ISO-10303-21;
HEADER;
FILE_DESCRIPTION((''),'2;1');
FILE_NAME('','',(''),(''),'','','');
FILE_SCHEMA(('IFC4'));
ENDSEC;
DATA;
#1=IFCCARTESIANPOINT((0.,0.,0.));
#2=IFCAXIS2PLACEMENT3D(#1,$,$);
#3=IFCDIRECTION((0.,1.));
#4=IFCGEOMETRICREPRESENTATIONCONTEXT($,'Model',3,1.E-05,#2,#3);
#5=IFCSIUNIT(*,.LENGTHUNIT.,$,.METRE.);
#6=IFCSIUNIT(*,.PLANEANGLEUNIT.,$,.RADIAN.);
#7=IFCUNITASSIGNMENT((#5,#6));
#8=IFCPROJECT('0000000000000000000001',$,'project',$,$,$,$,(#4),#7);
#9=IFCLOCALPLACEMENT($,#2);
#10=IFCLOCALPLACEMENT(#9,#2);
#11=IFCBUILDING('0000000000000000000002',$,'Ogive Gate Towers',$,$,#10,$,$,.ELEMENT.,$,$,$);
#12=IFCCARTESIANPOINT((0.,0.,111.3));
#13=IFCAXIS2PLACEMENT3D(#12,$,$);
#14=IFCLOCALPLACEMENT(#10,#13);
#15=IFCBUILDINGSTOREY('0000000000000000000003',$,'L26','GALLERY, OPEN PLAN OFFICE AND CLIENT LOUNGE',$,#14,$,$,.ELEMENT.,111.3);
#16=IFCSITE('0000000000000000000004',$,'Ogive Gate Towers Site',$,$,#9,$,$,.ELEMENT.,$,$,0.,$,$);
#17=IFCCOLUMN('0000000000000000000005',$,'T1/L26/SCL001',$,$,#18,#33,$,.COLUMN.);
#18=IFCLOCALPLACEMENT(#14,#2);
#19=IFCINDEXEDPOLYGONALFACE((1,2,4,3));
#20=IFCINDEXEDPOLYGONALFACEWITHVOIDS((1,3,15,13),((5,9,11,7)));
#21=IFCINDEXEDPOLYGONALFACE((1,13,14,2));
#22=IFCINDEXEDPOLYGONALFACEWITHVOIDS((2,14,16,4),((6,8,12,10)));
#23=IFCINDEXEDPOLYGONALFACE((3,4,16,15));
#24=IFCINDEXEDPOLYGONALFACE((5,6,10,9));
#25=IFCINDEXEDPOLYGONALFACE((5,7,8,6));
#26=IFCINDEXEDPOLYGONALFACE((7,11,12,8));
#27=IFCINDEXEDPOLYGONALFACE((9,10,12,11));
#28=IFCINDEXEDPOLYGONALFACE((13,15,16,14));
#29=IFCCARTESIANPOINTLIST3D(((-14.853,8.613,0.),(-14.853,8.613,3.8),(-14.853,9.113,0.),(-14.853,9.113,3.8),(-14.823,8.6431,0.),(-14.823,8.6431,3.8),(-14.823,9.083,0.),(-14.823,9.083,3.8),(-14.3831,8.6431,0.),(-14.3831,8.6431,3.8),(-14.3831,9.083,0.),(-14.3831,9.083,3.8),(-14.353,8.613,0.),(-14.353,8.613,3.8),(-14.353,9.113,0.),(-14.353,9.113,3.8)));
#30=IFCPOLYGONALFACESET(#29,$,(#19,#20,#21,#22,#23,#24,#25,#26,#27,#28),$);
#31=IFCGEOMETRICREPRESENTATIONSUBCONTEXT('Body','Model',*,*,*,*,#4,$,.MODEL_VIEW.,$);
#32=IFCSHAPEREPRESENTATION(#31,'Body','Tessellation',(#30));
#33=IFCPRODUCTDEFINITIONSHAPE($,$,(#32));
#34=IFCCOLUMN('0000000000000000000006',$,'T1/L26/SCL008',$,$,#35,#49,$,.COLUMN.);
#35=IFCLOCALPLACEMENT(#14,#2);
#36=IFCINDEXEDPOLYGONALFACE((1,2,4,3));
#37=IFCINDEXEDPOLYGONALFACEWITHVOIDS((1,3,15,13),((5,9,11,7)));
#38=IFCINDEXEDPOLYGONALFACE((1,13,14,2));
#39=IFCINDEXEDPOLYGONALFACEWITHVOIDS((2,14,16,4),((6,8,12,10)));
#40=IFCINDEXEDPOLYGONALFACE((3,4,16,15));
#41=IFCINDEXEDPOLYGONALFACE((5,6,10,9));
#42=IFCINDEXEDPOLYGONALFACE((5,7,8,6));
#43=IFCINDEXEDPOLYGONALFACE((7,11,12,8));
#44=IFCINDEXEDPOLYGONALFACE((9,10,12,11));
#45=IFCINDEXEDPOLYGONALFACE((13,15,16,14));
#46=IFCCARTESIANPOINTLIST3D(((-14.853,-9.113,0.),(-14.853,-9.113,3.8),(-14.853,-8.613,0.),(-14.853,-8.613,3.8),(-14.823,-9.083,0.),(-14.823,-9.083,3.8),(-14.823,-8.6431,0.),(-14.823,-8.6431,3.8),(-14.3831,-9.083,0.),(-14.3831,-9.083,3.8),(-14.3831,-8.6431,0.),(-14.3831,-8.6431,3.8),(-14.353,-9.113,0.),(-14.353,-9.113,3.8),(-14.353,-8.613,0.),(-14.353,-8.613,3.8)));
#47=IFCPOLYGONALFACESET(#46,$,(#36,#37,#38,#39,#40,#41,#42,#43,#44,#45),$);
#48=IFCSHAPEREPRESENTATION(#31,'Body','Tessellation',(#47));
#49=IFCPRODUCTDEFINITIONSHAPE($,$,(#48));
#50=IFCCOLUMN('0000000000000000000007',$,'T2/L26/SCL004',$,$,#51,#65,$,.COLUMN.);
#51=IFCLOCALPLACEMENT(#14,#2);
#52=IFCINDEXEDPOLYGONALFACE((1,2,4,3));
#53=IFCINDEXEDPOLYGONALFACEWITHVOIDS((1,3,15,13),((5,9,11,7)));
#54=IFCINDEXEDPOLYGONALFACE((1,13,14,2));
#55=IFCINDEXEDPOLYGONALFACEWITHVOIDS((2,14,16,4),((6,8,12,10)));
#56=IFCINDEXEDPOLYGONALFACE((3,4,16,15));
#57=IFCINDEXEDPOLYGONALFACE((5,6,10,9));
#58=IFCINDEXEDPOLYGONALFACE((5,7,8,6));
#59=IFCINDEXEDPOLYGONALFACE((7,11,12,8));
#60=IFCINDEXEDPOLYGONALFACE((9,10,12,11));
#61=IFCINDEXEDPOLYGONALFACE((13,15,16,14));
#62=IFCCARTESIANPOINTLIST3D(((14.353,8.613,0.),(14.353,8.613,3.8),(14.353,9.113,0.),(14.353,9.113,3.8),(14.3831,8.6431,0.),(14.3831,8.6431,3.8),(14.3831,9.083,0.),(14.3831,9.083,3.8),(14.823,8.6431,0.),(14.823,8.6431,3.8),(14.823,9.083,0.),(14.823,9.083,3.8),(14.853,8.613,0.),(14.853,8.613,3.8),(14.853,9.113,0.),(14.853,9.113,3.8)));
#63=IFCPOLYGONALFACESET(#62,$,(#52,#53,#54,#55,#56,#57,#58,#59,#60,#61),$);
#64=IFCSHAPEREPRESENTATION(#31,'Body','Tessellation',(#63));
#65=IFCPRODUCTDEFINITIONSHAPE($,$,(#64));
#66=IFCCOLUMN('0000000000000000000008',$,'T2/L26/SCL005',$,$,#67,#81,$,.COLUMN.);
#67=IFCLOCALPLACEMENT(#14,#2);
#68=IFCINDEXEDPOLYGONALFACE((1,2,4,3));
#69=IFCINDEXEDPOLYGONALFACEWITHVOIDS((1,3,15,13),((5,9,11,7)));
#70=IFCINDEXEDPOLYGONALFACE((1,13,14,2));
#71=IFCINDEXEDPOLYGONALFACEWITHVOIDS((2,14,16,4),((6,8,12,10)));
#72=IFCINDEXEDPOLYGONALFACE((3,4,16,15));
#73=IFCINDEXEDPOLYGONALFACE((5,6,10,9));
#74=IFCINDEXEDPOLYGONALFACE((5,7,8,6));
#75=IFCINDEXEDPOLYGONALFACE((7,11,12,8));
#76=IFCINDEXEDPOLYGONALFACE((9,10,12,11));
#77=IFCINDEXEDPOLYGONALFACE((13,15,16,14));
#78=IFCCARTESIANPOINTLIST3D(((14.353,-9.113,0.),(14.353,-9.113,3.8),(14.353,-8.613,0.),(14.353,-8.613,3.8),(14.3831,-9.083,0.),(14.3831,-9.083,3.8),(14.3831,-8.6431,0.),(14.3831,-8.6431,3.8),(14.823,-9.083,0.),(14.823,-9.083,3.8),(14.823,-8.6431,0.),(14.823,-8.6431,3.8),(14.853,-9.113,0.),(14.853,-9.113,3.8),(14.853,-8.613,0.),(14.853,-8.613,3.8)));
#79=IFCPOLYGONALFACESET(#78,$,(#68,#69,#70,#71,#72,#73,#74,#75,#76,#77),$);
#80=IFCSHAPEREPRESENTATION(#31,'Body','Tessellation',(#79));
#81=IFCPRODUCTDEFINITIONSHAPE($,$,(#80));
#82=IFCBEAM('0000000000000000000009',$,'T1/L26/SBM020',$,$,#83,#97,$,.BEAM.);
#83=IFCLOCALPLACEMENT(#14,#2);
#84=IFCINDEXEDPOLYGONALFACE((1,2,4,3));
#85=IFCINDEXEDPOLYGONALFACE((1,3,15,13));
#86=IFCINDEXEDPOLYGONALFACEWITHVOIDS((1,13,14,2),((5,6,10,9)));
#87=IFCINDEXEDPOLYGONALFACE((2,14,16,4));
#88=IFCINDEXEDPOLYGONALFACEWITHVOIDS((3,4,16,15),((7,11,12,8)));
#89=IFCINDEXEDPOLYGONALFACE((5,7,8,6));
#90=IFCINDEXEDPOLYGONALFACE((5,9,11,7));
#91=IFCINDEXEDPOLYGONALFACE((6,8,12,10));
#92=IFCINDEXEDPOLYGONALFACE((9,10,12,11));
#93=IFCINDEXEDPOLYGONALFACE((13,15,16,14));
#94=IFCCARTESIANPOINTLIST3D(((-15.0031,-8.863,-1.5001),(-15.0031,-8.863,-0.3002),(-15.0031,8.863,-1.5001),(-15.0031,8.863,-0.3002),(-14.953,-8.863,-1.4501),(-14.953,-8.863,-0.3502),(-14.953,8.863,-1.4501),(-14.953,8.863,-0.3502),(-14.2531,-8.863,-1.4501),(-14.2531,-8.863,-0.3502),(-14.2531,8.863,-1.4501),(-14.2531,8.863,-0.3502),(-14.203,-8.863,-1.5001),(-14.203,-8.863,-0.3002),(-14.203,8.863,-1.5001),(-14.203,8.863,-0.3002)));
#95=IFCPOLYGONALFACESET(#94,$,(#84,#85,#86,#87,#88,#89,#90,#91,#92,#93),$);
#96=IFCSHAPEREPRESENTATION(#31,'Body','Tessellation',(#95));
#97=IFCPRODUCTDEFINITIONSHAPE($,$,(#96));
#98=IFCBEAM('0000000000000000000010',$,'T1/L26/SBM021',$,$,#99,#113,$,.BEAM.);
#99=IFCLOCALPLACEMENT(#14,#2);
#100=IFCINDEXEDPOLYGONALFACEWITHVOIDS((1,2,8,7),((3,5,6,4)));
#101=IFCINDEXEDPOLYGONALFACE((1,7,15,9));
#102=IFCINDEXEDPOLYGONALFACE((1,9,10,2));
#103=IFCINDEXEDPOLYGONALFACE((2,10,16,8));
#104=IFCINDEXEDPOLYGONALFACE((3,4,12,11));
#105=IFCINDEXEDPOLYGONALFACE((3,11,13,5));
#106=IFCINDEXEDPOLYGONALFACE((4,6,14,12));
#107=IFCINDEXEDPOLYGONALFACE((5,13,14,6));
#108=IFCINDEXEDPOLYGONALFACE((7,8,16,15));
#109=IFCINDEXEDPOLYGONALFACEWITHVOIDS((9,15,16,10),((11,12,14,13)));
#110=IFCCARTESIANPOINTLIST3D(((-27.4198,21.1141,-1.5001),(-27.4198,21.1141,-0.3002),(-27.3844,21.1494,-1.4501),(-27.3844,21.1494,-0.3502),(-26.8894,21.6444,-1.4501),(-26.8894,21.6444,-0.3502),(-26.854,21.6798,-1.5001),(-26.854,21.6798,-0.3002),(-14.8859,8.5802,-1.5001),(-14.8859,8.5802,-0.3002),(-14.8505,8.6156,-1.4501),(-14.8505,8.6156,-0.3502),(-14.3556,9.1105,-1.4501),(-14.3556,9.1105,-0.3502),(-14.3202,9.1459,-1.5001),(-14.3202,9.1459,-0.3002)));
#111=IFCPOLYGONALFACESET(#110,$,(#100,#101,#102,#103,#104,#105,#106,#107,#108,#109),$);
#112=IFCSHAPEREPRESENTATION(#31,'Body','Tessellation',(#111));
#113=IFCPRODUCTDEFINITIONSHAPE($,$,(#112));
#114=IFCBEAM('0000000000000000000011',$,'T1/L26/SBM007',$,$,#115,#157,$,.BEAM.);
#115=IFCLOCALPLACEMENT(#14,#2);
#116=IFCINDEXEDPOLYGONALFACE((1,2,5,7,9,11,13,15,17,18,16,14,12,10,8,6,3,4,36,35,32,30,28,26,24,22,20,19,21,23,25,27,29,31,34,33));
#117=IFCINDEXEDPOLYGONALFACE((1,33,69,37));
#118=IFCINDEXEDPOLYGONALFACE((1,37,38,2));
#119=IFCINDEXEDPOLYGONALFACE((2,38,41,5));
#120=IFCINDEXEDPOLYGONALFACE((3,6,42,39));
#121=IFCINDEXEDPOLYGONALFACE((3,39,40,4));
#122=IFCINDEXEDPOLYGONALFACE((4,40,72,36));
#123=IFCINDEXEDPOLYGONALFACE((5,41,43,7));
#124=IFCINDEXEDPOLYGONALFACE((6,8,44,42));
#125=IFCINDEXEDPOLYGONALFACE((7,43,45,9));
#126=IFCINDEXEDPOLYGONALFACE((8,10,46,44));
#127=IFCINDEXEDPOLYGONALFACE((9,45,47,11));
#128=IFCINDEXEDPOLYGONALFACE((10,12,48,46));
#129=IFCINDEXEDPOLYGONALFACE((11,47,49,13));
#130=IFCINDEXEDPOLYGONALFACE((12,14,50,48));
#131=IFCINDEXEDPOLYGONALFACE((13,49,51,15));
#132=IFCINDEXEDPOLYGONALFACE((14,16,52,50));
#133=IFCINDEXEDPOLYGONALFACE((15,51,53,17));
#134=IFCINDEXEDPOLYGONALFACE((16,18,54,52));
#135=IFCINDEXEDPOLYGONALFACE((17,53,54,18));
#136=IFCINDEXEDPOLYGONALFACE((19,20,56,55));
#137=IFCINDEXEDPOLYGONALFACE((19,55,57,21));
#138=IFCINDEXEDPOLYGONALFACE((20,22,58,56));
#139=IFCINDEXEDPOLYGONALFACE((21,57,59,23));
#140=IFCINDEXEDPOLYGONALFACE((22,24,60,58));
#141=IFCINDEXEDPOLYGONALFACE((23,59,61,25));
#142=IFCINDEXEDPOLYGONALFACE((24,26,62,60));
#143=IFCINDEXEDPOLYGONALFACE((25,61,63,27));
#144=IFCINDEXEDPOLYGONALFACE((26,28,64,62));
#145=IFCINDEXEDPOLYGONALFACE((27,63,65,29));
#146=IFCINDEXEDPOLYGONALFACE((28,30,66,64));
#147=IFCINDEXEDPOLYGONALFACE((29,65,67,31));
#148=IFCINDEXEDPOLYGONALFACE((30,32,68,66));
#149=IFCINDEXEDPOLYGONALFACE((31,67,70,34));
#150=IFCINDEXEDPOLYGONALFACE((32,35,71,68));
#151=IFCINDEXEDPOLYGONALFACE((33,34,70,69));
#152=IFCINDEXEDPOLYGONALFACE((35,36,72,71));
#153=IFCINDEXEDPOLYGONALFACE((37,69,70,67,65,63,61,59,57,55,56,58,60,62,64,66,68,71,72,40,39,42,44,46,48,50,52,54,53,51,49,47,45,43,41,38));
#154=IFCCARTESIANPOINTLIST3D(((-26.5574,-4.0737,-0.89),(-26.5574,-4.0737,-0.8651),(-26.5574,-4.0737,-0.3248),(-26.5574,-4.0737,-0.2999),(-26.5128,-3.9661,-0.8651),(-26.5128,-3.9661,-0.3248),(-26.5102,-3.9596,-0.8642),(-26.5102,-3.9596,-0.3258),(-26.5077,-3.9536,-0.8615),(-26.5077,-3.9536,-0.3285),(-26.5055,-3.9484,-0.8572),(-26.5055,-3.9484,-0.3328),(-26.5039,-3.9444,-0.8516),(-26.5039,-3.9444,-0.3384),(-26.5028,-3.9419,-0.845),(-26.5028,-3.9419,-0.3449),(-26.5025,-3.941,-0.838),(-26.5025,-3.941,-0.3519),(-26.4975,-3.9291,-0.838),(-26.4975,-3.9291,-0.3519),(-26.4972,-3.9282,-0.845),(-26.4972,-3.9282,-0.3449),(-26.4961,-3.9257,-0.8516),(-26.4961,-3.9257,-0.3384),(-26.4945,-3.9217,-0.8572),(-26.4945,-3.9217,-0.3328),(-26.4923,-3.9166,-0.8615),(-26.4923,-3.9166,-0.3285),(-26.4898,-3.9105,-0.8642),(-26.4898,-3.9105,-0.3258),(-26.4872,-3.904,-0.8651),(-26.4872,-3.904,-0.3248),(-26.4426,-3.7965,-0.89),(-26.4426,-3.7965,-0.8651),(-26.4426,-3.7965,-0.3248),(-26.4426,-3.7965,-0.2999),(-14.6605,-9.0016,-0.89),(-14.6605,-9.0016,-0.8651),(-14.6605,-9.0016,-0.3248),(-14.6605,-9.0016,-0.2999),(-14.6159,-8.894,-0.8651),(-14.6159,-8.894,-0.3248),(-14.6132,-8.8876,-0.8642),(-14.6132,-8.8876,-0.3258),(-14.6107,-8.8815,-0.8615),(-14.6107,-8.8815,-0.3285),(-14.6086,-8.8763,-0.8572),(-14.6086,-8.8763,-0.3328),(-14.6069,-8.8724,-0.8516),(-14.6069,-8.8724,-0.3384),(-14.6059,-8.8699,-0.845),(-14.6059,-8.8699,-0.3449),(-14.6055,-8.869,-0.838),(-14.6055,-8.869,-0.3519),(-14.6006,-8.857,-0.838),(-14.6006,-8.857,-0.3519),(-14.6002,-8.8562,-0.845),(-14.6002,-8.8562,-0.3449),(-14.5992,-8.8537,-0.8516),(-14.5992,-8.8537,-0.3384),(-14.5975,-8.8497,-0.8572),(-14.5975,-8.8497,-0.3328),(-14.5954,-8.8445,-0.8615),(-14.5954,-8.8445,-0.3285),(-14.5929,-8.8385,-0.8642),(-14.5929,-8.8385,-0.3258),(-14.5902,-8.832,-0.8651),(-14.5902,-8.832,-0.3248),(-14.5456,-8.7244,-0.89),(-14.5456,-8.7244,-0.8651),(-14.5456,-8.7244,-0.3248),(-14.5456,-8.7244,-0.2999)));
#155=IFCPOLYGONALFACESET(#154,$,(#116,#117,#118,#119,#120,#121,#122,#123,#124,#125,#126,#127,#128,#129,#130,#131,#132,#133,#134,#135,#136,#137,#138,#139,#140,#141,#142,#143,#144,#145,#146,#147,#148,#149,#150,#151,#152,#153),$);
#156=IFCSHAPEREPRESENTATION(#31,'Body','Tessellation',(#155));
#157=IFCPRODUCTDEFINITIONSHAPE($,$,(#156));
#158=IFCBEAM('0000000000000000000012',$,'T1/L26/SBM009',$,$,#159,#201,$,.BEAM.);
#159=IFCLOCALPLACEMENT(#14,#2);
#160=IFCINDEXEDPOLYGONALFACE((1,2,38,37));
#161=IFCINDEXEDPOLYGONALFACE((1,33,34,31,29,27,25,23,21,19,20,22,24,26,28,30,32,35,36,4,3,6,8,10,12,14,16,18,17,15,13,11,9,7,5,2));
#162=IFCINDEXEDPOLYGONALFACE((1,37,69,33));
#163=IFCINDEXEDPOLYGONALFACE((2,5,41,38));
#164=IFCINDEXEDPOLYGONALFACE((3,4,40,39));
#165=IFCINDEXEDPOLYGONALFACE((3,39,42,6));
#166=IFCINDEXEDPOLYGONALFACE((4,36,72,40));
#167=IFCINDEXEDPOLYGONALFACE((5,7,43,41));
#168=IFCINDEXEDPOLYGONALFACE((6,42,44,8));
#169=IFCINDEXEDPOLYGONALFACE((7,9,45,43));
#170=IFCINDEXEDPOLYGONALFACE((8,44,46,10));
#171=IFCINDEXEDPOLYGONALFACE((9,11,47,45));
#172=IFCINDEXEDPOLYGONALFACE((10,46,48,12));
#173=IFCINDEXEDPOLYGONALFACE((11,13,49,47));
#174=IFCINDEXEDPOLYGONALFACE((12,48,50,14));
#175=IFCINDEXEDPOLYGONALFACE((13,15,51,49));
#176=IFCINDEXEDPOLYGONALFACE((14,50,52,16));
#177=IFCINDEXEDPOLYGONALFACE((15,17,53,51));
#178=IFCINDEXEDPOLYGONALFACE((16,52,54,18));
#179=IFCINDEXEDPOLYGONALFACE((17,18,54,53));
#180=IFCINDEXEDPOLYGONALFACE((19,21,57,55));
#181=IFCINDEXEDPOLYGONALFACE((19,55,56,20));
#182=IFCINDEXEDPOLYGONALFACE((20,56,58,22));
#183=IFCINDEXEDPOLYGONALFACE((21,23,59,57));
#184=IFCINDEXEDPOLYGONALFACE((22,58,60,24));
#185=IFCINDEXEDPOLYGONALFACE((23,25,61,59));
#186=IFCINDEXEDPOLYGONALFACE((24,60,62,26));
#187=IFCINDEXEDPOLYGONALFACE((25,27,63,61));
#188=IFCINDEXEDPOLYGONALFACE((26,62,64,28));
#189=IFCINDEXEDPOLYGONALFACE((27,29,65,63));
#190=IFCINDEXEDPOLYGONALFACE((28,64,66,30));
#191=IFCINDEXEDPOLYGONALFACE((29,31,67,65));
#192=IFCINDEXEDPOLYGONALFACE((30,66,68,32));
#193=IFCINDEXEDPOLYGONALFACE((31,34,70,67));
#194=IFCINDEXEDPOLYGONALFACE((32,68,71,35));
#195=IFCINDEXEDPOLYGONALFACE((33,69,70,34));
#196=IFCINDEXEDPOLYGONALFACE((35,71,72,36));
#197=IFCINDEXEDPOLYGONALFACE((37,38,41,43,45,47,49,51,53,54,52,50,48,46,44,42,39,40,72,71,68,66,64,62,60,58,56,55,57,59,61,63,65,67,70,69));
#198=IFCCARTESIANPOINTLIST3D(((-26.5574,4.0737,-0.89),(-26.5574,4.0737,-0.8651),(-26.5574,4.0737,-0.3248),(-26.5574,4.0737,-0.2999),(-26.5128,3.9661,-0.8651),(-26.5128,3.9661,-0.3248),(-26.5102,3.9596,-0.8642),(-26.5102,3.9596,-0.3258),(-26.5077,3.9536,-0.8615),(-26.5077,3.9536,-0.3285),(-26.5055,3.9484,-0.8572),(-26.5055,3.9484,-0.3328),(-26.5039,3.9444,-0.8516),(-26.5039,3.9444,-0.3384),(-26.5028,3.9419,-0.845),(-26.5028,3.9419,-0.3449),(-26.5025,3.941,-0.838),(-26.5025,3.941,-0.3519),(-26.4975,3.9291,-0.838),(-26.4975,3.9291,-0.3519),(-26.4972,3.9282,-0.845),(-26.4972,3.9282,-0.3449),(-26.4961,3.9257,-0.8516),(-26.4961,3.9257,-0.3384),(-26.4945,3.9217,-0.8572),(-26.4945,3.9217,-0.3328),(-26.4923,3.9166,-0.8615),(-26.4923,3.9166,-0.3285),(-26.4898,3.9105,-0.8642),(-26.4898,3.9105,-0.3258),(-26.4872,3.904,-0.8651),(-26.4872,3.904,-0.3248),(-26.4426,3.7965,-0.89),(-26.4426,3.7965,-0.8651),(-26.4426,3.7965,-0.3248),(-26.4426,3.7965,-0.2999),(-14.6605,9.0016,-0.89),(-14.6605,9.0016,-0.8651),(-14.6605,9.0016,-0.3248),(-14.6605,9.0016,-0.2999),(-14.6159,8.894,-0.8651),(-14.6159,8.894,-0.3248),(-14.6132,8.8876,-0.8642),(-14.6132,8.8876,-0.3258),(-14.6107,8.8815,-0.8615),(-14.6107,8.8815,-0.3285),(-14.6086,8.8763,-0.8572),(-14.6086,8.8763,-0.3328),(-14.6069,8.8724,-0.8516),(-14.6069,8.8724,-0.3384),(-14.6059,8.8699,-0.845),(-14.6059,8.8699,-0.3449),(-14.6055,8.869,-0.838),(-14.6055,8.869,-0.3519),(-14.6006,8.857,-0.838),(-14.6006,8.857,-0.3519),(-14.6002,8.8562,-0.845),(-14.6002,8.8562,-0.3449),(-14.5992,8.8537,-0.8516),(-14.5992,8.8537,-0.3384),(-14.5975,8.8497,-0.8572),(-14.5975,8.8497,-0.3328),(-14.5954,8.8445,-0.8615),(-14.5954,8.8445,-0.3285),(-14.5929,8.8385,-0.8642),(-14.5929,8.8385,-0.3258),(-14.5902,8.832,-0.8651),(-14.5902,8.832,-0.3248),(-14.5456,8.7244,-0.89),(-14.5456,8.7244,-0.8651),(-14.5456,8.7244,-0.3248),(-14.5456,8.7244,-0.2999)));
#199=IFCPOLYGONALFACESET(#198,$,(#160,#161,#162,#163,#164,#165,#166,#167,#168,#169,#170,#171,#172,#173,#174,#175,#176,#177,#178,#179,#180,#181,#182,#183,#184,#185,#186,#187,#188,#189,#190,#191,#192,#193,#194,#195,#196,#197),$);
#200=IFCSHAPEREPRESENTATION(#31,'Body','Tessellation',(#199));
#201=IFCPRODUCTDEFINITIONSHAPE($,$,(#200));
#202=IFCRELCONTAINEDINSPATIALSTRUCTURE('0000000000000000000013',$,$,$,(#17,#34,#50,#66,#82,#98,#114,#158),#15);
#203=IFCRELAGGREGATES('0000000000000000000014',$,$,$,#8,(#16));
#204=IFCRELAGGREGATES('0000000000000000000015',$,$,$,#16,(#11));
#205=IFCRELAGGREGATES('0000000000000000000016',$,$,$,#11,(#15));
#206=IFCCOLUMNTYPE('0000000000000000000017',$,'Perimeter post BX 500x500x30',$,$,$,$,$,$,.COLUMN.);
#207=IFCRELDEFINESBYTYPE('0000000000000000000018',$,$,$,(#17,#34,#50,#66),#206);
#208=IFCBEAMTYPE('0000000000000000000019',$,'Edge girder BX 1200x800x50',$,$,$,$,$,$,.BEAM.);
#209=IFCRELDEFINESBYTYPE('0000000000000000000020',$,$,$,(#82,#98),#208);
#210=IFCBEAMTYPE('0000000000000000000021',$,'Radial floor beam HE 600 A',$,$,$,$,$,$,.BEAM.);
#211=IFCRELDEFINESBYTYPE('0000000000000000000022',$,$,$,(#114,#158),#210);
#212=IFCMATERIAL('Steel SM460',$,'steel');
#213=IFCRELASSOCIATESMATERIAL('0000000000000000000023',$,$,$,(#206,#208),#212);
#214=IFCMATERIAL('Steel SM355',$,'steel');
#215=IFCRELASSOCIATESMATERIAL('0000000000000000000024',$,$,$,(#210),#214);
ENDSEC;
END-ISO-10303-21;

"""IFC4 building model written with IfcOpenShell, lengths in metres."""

from ifc_helpers import new_model, si_unit, direction, frame, origin, origin_2d, place, context, subcontext, project, spatial, hollow_rectangle, i_section, extrude, material, material_profile, profile_set, type_object, element, save


model = new_model("IFC4")

# Units and contexts
model_context = context("Model", 3, precision=1e-05, world=origin(), true_north=direction((0.0, 1.0)))
body_context = subcontext(model_context, "Body", "Model", "MODEL_VIEW")
ifc_project = project(units=[si_unit("LENGTHUNIT", "METRE"), si_unit("PLANEANGLEUNIT", "RADIAN")], contexts=[model_context])

# Site, building, storey
site_placement = place(None, origin())
site = spatial("IfcSite", under=ifc_project, at=site_placement, Name="Ogive Gate Towers Site", CompositionType="ELEMENT", RefElevation=0.0)
building_placement = place(site_placement, origin())
building = spatial("IfcBuilding", under=site, at=building_placement, Name="Ogive Gate Towers", CompositionType="ELEMENT")
storey_placement = place(building_placement, frame((0.0, 0.0, 111.3)))
storey = spatial("IfcBuildingStorey", under=building, at=storey_placement, Name="L26", Description="GALLERY, OPEN PLAN OFFICE AND CLIENT LOUNGE", CompositionType="ELEMENT", Elevation=111.3)

# Columns
ifc_material_1 = material(Name="Steel SM460", Category="steel")
ifc_material_profile_1 = material_profile(ifc_material_1, hollow_rectangle(XDim=0.5, YDim=0.5, WallThickness=0.03, at=origin_2d()), Name="BX 500x500x30")
ifc_profile_set_1 = profile_set([ifc_material_profile_1], Name="Steel SM460")
column_type = type_object("IfcColumnType", Name="Perimeter post BX 500x500x30", PredefinedType="COLUMN", material=ifc_profile_set_1)
for number, where, z_axis, x_axis, name in (
    (1, (-14.603, 8.863, 0.0), (0.0, 0.0, 1.0), (1.0, 0.0, 0.0), "T1/L26/SCL001"),
    (2, (-14.603, -8.863, 0.0), (0.0, 0.0, 1.0), (1.0, 0.0, 0.0), "T1/L26/SCL008"),
    (3, (14.603, 8.863, 0.0), (0.0, 0.0, 1.0), (1.0, 0.0, 0.0), "T2/L26/SCL004"),
    (4, (14.603, -8.863, 0.0), (0.0, 0.0, 1.0), (1.0, 0.0, 0.0), "T2/L26/SCL005"),
):
    element("IfcColumn", number, at=place(storey_placement, frame(where, z_axis=z_axis, x_axis=x_axis)), inside=storey, type_object=column_type, Name=name, PredefinedType="COLUMN", context=body_context, shape_type="SweptSolid", body=[
        extrude(hollow_rectangle(XDim=0.5, YDim=0.5, WallThickness=0.03, at=origin_2d()), origin(), (0.0, 0.0, 1.0), 3.8),
    ])

# Beams
ifc_material_profile_2 = material_profile(ifc_material_1, hollow_rectangle(XDim=0.8, YDim=1.2, WallThickness=0.05, at=origin_2d()), Name="BX 1200x800x50")
ifc_profile_set_2 = profile_set([ifc_material_profile_2], Name="Steel SM460")
beam_type_1 = type_object("IfcBeamType", Name="Edge girder BX 1200x800x50", PredefinedType="BEAM", material=ifc_profile_set_2)
beam_1_placement = place(storey_placement, frame((-14.603, -8.863, -0.9001), z_axis=(0.0, 1.0, 0.0), x_axis=(-1.0, 0.0, 0.0)))
element("IfcBeam", 5, at=beam_1_placement, inside=storey, type_object=beam_type_1, Name="T1/L26/SBM020", PredefinedType="BEAM", context=body_context, shape_type="SweptSolid", body=[
    extrude(hollow_rectangle(XDim=0.8, YDim=1.2, WallThickness=0.05, at=origin_2d()), origin(), (0.0, 0.0, 1.0), 17.7261),
])
beam_2_placement = place(storey_placement, frame((-14.603, 8.863, -0.9001), z_axis=(-0.707107, 0.707107, 0.0), x_axis=(-0.707107, -0.707107, 0.0)))
element("IfcBeam", 6, at=beam_2_placement, inside=storey, type_object=beam_type_1, Name="T1/L26/SBM021", PredefinedType="BEAM", context=body_context, shape_type="SweptSolid", body=[
    extrude(hollow_rectangle(XDim=0.8, YDim=1.2, WallThickness=0.05, at=origin_2d()), origin(), (0.0, 0.0, 1.0), 17.7256),
])
ifc_material_2 = material(Name="Steel SM355", Category="steel")
ifc_material_profile_3 = material_profile(ifc_material_2, i_section(OverallWidth=0.3, OverallDepth=0.5901, WebThickness=0.0129, FlangeThickness=0.0249, FilletRadius=0.0271, at=origin_2d()), Name="HE 600 A")
ifc_profile_set_3 = profile_set([ifc_material_profile_3], Name="Steel SM355")
beam_type_2 = type_object("IfcBeamType", Name="Radial floor beam HE 600 A", PredefinedType="BEAM", material=ifc_profile_set_3)
for number, where, z_axis, x_axis, name in (
    (7, (-26.5, -3.9351, -0.595), (0.923877, -0.382689, 0.0), (0.382689, 0.923877, 0.0), "T1/L26/SBM007"),
    (8, (-26.5, 3.9351, -0.595), (0.923877, 0.382689, 0.0), (-0.382689, 0.923877, 0.0), "T1/L26/SBM009"),
):
    element("IfcBeam", number, at=place(storey_placement, frame(where, z_axis=z_axis, x_axis=x_axis)), inside=storey, type_object=beam_type_2, Name=name, PredefinedType="BEAM", context=body_context, shape_type="SweptSolid", body=[
        extrude(i_section(OverallWidth=0.3, OverallDepth=0.5901, WebThickness=0.0129, FlangeThickness=0.0249, FilletRadius=0.0271, at=origin_2d()), origin(), (0.0, 0.0, 1.0), 12.8772),
    ])

save(model, "model.ifc")
